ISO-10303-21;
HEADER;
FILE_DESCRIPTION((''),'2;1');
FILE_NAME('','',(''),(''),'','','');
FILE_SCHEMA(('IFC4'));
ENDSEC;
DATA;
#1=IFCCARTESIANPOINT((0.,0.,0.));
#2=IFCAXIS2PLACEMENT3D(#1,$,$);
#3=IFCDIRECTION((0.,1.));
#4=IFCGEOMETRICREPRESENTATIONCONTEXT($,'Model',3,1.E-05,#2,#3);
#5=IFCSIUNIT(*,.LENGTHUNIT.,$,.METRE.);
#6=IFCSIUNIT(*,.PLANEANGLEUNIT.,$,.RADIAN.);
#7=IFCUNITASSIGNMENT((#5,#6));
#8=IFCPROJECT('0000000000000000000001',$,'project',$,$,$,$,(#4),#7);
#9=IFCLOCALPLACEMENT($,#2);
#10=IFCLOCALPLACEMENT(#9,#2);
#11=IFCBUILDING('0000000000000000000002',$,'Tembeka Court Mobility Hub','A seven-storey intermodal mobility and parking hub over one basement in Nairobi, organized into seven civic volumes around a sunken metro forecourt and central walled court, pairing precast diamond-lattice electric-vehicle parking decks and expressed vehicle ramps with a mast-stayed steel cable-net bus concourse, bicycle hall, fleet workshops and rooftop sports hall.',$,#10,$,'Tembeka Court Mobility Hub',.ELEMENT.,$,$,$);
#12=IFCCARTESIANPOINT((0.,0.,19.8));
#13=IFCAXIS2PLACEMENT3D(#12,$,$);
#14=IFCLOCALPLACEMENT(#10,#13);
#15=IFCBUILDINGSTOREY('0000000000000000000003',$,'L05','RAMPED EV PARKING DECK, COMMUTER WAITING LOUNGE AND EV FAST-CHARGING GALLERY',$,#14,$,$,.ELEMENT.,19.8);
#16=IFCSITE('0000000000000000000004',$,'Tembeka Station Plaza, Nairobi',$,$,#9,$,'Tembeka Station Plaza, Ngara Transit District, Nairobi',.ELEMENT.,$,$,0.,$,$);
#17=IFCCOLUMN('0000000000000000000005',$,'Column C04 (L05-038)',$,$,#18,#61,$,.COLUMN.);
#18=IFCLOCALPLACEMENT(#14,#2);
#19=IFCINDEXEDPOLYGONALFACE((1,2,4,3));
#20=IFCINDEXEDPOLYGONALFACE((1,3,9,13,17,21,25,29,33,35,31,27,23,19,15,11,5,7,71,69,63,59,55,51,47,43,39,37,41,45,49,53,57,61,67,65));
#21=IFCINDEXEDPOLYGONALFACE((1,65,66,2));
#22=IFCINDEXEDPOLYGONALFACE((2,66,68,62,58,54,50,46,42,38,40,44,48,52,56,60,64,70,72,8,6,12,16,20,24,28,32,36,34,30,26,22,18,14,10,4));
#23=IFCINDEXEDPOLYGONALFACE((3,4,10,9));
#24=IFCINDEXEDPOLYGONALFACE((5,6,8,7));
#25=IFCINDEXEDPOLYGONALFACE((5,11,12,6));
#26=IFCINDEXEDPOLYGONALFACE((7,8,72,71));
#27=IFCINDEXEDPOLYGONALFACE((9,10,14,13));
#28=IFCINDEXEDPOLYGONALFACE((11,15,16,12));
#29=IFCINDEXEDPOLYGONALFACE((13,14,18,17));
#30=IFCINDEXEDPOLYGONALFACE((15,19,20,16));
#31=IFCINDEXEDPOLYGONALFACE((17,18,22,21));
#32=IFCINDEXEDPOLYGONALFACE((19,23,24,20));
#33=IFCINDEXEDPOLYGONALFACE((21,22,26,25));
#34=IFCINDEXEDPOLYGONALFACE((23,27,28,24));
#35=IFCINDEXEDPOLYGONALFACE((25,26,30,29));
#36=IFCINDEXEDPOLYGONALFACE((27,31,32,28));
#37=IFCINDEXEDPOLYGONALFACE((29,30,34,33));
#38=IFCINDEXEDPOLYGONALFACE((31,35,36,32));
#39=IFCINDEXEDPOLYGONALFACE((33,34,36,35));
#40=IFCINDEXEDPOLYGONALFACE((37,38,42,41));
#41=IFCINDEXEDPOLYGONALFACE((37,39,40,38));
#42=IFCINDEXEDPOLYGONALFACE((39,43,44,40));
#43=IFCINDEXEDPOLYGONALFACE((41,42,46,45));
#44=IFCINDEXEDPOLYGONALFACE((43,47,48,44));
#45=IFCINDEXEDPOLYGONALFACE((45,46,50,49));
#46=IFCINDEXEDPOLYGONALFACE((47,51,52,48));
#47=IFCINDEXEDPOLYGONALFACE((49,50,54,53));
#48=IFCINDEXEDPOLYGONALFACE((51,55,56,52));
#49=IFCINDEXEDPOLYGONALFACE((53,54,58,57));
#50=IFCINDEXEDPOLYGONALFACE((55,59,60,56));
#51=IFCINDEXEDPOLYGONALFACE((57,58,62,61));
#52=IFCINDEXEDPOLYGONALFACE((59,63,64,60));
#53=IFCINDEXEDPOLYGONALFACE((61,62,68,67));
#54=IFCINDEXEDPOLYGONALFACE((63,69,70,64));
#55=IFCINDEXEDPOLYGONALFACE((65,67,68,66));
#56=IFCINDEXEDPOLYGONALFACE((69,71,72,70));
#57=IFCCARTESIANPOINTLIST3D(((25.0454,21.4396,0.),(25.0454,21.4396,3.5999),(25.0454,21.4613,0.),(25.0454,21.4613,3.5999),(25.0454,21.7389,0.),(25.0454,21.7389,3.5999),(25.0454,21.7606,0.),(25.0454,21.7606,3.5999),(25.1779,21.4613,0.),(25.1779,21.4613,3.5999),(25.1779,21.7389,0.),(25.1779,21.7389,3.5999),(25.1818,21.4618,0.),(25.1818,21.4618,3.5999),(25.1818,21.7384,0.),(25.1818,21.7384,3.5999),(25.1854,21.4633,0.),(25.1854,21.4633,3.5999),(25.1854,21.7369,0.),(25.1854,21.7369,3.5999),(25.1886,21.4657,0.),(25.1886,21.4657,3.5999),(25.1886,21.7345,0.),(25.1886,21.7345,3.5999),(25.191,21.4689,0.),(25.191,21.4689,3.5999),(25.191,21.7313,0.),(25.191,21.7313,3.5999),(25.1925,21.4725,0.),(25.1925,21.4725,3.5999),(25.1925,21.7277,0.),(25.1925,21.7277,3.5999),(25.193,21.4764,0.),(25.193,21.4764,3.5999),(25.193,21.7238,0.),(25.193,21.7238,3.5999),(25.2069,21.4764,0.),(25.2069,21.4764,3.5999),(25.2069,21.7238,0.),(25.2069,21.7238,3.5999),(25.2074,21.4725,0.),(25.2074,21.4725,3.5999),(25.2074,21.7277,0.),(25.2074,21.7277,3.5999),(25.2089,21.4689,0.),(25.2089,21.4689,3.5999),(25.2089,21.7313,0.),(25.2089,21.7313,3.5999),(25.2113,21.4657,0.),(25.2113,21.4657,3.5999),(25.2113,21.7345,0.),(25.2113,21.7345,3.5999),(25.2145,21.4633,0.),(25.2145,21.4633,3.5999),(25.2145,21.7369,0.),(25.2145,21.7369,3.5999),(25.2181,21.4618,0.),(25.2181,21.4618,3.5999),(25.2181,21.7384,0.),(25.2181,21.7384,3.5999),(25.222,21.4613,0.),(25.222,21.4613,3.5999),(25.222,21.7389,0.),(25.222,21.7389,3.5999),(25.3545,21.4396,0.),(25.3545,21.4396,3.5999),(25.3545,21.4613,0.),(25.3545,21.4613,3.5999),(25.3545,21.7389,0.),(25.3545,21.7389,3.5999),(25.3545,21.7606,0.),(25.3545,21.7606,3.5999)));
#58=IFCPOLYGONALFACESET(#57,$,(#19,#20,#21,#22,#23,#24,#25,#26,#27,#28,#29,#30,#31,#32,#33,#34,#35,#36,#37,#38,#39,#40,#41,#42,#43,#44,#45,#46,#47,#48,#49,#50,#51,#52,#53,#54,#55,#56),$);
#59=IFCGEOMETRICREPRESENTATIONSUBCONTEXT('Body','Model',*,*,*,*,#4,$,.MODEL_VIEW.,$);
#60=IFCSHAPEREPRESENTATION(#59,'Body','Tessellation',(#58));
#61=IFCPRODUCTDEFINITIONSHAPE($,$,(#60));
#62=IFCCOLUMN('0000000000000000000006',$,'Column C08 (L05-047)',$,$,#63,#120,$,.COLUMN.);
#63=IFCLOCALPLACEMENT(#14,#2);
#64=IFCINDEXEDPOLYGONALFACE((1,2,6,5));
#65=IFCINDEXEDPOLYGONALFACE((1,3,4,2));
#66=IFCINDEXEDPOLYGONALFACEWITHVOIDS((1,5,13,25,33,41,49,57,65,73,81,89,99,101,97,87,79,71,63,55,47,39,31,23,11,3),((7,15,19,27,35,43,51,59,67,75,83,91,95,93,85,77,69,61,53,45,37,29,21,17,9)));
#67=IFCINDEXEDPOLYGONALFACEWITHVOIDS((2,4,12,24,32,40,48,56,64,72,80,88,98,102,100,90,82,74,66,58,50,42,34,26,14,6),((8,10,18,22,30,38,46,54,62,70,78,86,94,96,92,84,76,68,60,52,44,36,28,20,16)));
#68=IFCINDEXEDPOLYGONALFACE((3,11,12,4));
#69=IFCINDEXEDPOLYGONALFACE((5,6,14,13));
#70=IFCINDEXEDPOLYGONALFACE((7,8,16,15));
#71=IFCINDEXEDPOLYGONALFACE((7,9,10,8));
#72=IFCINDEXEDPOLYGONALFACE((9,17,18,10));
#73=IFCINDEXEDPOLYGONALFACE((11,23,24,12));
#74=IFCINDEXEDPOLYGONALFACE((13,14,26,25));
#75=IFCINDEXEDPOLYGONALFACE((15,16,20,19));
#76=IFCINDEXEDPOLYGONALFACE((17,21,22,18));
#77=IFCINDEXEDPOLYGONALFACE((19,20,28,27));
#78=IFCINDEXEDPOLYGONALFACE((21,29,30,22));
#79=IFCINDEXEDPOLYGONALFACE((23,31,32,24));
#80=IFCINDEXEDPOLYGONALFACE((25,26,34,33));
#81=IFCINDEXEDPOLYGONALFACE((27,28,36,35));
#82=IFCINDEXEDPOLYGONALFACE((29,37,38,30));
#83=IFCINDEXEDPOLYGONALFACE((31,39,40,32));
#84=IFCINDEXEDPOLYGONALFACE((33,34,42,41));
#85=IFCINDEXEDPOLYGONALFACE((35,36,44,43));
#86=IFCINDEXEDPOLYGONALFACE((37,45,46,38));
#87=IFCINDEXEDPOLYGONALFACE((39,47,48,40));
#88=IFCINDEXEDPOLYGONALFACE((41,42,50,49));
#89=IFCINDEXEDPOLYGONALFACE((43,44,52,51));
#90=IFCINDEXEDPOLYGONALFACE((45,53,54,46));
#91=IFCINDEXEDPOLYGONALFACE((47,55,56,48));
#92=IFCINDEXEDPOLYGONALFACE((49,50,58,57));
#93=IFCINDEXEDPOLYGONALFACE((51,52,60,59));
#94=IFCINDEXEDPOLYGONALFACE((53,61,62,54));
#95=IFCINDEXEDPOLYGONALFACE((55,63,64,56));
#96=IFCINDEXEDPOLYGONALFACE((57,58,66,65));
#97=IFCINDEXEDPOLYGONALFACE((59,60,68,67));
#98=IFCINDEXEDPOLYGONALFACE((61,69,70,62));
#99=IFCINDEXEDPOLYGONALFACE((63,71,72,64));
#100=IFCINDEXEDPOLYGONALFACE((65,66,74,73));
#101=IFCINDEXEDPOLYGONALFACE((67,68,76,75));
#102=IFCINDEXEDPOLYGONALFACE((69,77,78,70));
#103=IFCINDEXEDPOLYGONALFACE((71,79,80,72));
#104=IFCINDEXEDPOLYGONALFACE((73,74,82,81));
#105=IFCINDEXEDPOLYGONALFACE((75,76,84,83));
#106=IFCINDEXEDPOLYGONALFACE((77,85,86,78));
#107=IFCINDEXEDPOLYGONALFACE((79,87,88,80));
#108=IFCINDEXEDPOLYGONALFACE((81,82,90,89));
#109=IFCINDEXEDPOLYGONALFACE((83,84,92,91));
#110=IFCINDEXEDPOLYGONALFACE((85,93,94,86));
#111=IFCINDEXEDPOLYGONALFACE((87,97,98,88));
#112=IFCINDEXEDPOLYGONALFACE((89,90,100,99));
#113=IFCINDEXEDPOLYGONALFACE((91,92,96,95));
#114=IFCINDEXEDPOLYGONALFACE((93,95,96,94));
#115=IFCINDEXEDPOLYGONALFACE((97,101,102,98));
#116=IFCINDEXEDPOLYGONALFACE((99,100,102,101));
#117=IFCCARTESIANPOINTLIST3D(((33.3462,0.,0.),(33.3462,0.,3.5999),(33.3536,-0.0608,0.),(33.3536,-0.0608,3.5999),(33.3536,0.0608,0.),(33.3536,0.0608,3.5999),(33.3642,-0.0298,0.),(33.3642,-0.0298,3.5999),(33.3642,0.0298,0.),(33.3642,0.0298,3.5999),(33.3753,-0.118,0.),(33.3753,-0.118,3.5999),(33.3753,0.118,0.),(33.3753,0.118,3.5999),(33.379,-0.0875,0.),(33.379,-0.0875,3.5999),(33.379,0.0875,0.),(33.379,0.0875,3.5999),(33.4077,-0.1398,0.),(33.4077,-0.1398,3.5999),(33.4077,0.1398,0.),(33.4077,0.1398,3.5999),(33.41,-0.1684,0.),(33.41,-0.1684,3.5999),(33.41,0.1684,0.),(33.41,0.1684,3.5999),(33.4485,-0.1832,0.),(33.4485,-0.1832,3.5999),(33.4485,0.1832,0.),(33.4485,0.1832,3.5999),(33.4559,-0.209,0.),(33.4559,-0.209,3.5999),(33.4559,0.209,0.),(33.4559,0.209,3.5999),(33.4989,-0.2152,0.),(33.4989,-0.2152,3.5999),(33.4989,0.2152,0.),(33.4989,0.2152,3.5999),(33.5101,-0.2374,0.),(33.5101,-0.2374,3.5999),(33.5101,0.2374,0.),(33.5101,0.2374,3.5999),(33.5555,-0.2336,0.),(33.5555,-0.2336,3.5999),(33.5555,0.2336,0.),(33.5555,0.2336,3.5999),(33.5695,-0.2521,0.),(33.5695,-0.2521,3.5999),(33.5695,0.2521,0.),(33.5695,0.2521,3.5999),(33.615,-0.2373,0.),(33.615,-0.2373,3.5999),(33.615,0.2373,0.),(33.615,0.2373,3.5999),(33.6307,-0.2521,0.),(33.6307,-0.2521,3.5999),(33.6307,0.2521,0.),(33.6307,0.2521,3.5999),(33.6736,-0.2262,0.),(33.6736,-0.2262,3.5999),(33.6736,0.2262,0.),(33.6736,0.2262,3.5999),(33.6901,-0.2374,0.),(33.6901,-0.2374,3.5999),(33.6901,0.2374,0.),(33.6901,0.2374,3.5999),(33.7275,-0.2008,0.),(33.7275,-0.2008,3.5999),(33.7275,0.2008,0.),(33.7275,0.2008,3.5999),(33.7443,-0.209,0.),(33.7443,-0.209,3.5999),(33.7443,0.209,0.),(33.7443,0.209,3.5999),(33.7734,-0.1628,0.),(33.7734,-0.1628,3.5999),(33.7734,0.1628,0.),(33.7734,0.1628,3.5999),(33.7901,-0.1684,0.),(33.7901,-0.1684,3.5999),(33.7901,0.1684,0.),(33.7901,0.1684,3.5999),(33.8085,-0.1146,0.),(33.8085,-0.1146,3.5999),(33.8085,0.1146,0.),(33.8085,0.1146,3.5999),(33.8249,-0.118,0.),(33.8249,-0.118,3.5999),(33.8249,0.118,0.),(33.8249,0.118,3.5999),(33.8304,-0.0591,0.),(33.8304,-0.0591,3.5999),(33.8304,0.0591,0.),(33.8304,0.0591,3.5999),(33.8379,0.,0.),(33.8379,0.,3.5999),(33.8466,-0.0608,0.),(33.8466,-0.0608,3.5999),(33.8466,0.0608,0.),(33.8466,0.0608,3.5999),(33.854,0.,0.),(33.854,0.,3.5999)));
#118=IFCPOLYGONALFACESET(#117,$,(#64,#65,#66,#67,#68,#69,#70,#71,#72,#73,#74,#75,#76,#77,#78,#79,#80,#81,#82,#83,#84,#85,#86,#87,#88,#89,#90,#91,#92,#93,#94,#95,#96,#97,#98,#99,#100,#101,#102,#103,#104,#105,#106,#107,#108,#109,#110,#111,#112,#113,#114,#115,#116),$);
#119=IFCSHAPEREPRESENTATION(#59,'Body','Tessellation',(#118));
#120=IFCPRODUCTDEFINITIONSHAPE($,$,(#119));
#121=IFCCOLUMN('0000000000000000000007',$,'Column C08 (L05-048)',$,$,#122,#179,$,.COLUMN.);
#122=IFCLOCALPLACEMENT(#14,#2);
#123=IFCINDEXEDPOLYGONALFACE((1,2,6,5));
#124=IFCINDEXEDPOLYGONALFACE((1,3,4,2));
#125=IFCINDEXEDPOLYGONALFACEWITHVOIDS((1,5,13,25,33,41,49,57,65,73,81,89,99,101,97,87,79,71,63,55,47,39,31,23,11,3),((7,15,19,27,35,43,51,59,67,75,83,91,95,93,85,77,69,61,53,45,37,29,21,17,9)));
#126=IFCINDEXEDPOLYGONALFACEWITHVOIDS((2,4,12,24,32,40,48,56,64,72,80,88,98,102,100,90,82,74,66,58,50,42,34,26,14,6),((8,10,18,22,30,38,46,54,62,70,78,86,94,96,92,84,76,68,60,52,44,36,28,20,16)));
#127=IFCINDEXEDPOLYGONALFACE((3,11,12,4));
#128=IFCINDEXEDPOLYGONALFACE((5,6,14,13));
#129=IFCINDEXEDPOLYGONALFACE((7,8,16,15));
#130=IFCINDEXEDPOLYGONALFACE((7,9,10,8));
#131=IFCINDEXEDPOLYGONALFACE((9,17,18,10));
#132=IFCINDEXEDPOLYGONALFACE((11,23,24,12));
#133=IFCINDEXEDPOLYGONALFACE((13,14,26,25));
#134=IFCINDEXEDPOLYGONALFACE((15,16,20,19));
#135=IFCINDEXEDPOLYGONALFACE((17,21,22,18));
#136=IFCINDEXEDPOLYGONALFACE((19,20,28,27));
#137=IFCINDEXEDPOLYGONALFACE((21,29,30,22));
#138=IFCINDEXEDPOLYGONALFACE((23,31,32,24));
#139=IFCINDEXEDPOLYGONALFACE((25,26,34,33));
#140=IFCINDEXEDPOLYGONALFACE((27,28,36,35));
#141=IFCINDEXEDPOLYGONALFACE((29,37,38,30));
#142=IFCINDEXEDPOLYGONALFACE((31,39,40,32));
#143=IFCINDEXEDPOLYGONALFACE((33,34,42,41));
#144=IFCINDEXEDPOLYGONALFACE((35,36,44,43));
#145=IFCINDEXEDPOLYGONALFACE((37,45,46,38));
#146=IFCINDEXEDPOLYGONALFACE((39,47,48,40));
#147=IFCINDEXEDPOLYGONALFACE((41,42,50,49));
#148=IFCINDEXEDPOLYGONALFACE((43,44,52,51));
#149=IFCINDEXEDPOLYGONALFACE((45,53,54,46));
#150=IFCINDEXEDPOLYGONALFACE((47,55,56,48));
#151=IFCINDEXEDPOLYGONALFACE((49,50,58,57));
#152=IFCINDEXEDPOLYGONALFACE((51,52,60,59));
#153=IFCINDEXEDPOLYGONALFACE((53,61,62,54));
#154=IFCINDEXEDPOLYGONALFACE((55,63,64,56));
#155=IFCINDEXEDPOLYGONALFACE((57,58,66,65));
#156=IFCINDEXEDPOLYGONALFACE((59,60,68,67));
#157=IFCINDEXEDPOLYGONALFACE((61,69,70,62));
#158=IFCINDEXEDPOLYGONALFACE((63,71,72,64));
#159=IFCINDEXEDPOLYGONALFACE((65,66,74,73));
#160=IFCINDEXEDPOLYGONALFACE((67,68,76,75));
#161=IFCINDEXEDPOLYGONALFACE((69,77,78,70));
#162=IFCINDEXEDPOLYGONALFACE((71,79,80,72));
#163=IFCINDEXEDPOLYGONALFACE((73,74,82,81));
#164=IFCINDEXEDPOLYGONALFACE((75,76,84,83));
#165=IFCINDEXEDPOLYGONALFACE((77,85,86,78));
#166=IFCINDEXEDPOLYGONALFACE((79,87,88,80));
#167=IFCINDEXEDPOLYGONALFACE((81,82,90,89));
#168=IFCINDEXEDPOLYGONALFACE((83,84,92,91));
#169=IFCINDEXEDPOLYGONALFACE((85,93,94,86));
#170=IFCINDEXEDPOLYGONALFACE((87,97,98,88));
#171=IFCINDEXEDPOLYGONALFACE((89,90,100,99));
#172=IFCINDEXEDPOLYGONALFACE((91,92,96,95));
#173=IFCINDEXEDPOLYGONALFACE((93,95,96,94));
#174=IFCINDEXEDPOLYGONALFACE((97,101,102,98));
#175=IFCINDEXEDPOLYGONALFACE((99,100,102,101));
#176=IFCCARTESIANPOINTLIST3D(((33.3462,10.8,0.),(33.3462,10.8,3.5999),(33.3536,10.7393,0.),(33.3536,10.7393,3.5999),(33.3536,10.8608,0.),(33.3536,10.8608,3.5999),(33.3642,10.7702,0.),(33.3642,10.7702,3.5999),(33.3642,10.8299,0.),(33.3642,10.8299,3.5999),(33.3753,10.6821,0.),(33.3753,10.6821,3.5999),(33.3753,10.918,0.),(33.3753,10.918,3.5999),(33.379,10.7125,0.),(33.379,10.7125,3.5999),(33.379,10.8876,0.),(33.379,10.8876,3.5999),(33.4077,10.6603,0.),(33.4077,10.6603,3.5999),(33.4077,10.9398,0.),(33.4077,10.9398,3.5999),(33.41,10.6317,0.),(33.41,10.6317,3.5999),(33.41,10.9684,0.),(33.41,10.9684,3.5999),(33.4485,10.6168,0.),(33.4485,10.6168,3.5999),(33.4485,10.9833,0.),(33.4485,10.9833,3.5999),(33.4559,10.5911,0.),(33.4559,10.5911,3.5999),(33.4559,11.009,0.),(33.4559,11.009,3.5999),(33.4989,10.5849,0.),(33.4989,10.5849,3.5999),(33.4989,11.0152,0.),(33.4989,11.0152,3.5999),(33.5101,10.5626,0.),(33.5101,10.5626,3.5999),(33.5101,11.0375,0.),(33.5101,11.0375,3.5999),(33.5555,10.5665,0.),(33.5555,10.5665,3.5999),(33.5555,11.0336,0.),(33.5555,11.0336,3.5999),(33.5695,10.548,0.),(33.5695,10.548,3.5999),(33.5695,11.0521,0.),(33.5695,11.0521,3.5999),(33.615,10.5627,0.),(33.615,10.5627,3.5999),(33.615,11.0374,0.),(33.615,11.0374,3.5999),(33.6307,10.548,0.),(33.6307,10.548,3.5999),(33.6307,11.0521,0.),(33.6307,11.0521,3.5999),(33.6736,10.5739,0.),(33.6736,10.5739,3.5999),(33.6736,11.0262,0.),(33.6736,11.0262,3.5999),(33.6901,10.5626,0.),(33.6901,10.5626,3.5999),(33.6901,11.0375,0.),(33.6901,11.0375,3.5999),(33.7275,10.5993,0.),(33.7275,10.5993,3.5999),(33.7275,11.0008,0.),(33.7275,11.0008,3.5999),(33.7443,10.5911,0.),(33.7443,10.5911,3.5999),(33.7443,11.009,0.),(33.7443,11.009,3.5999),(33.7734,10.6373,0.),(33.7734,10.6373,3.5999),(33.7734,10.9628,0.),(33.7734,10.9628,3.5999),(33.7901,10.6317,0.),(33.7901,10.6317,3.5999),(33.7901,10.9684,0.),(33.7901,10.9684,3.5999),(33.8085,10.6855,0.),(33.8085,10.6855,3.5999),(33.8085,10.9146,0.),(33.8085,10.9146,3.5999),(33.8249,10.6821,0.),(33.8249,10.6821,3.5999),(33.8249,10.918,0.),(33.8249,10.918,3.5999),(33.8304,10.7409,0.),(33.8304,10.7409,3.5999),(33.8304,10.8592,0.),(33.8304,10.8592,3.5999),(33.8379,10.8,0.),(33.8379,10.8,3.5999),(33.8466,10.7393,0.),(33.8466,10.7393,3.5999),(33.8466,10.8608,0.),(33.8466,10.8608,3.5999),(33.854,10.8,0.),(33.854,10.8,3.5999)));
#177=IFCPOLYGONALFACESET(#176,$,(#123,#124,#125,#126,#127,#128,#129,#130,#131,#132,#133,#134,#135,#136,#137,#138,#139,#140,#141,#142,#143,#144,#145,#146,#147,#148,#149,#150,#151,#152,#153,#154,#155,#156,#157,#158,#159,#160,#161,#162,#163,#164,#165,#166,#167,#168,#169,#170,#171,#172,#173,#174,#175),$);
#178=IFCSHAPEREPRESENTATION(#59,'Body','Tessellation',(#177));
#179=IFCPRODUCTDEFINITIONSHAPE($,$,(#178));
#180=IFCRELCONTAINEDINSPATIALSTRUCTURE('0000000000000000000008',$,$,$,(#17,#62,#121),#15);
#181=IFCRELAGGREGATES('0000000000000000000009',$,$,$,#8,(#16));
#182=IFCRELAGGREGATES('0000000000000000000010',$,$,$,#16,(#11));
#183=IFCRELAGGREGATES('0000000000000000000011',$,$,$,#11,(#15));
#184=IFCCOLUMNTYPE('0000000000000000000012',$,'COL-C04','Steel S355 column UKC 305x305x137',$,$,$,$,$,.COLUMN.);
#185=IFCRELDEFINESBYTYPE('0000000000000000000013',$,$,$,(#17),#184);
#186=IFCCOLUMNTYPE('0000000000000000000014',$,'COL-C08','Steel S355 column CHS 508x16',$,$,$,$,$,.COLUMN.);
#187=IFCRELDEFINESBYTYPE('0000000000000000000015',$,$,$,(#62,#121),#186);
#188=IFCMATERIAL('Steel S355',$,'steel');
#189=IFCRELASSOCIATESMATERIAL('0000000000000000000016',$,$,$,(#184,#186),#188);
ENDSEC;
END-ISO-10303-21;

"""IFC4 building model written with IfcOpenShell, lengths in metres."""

from ifc_helpers import new_model, si_unit, direction, frame, origin, origin_2d, place, context, subcontext, project, spatial, hollow_circle, i_section, extrude, material, material_profile, profile_set, type_object, element, save


model = new_model("IFC4")

# Units and contexts
model_context = context("Model", 3, precision=1e-05, world=origin(), true_north=direction((0.0, 1.0)))
body_context = subcontext(model_context, "Body", "Model", "MODEL_VIEW")
ifc_project = project(units=[si_unit("LENGTHUNIT", "METRE"), si_unit("PLANEANGLEUNIT", "RADIAN")], contexts=[model_context])

# Site, building, storey
site_placement = place(None, origin())
site = spatial("IfcSite", under=ifc_project, at=site_placement, Name="Tembeka Station Plaza, Nairobi", LongName="Tembeka Station Plaza, Ngara Transit District, Nairobi", CompositionType="ELEMENT", RefElevation=0.0)
building_placement = place(site_placement, origin())
building = spatial("IfcBuilding", under=site, at=building_placement, Name="Tembeka Court Mobility Hub", Description="A seven-storey intermodal mobility and parking hub over one basement in Nairobi, organized into seven civic volumes around a sunken metro forecourt and central walled court, pairing precast diamond-lattice electric-vehicle parking decks and expressed vehicle ramps with a mast-stayed steel cable-net bus concourse, bicycle hall, fleet workshops and rooftop sports hall.", LongName="Tembeka Court Mobility Hub", CompositionType="ELEMENT")
storey_placement = place(building_placement, frame((0.0, 0.0, 19.8)))
storey = spatial("IfcBuildingStorey", under=building, at=storey_placement, Name="L05", Description="RAMPED EV PARKING DECK, COMMUTER WAITING LOUNGE AND EV FAST-CHARGING GALLERY", CompositionType="ELEMENT", Elevation=19.8)

# Columns
ifc_material_1 = material(Name="Steel S355", Category="steel")
ifc_material_profile_1 = material_profile(ifc_material_1, i_section(OverallWidth=0.3091, OverallDepth=0.321, WebThickness=0.0139, FlangeThickness=0.0217, FilletRadius=0.0151, at=origin_2d()), Name="UKC 305x305x137")
ifc_profile_set_1 = profile_set([ifc_material_profile_1], Name="Steel S355")
column_type_1 = type_object("IfcColumnType", Name="COL-C04", Description="Steel S355 column UKC 305x305x137", PredefinedType="COLUMN", material=ifc_profile_set_1)
column_placement = place(storey_placement, frame((25.2, 21.6001, 0.0), z_axis=(0.0, 0.0, 1.0), x_axis=(1.0, 0.0, 0.0)))
element("IfcColumn", 1, at=column_placement, inside=storey, type_object=column_type_1, Name="Column C04 (L05-038)", PredefinedType="COLUMN", context=body_context, shape_type="SweptSolid", body=[
    extrude(i_section(OverallWidth=0.3091, OverallDepth=0.321, WebThickness=0.0139, FlangeThickness=0.0217, FilletRadius=0.0151, at=origin_2d()), origin(), (0.0, 0.0, 1.0), 3.5999),
])
ifc_material_profile_2 = material_profile(ifc_material_1, hollow_circle(Radius=0.2539, WallThickness=0.0161, at=origin_2d()), Name="CHS 508x16")
ifc_profile_set_2 = profile_set([ifc_material_profile_2], Name="Steel S355")
column_type_2 = type_object("IfcColumnType", Name="COL-C08", Description="Steel S355 column CHS 508x16", PredefinedType="COLUMN", material=ifc_profile_set_2)
for number, where, z_axis, x_axis, name in (
    (2, (33.6001, 0.0, 0.0), (0.0, 0.0, 1.0), (1.0, 0.0, 0.0), "Column C08 (L05-047)"),
    (3, (33.6001, 10.8, 0.0), (0.0, 0.0, 1.0), (1.0, 0.0, 0.0), "Column C08 (L05-048)"),
):
    element("IfcColumn", number, at=place(storey_placement, frame(where, z_axis=z_axis, x_axis=x_axis)), inside=storey, type_object=column_type_2, Name=name, PredefinedType="COLUMN", context=body_context, shape_type="SweptSolid", body=[
        extrude(hollow_circle(Radius=0.2539, WallThickness=0.0161, at=origin_2d()), origin(), (0.0, 0.0, 1.0), 3.5999),
    ])

save(model, "model.ifc")
